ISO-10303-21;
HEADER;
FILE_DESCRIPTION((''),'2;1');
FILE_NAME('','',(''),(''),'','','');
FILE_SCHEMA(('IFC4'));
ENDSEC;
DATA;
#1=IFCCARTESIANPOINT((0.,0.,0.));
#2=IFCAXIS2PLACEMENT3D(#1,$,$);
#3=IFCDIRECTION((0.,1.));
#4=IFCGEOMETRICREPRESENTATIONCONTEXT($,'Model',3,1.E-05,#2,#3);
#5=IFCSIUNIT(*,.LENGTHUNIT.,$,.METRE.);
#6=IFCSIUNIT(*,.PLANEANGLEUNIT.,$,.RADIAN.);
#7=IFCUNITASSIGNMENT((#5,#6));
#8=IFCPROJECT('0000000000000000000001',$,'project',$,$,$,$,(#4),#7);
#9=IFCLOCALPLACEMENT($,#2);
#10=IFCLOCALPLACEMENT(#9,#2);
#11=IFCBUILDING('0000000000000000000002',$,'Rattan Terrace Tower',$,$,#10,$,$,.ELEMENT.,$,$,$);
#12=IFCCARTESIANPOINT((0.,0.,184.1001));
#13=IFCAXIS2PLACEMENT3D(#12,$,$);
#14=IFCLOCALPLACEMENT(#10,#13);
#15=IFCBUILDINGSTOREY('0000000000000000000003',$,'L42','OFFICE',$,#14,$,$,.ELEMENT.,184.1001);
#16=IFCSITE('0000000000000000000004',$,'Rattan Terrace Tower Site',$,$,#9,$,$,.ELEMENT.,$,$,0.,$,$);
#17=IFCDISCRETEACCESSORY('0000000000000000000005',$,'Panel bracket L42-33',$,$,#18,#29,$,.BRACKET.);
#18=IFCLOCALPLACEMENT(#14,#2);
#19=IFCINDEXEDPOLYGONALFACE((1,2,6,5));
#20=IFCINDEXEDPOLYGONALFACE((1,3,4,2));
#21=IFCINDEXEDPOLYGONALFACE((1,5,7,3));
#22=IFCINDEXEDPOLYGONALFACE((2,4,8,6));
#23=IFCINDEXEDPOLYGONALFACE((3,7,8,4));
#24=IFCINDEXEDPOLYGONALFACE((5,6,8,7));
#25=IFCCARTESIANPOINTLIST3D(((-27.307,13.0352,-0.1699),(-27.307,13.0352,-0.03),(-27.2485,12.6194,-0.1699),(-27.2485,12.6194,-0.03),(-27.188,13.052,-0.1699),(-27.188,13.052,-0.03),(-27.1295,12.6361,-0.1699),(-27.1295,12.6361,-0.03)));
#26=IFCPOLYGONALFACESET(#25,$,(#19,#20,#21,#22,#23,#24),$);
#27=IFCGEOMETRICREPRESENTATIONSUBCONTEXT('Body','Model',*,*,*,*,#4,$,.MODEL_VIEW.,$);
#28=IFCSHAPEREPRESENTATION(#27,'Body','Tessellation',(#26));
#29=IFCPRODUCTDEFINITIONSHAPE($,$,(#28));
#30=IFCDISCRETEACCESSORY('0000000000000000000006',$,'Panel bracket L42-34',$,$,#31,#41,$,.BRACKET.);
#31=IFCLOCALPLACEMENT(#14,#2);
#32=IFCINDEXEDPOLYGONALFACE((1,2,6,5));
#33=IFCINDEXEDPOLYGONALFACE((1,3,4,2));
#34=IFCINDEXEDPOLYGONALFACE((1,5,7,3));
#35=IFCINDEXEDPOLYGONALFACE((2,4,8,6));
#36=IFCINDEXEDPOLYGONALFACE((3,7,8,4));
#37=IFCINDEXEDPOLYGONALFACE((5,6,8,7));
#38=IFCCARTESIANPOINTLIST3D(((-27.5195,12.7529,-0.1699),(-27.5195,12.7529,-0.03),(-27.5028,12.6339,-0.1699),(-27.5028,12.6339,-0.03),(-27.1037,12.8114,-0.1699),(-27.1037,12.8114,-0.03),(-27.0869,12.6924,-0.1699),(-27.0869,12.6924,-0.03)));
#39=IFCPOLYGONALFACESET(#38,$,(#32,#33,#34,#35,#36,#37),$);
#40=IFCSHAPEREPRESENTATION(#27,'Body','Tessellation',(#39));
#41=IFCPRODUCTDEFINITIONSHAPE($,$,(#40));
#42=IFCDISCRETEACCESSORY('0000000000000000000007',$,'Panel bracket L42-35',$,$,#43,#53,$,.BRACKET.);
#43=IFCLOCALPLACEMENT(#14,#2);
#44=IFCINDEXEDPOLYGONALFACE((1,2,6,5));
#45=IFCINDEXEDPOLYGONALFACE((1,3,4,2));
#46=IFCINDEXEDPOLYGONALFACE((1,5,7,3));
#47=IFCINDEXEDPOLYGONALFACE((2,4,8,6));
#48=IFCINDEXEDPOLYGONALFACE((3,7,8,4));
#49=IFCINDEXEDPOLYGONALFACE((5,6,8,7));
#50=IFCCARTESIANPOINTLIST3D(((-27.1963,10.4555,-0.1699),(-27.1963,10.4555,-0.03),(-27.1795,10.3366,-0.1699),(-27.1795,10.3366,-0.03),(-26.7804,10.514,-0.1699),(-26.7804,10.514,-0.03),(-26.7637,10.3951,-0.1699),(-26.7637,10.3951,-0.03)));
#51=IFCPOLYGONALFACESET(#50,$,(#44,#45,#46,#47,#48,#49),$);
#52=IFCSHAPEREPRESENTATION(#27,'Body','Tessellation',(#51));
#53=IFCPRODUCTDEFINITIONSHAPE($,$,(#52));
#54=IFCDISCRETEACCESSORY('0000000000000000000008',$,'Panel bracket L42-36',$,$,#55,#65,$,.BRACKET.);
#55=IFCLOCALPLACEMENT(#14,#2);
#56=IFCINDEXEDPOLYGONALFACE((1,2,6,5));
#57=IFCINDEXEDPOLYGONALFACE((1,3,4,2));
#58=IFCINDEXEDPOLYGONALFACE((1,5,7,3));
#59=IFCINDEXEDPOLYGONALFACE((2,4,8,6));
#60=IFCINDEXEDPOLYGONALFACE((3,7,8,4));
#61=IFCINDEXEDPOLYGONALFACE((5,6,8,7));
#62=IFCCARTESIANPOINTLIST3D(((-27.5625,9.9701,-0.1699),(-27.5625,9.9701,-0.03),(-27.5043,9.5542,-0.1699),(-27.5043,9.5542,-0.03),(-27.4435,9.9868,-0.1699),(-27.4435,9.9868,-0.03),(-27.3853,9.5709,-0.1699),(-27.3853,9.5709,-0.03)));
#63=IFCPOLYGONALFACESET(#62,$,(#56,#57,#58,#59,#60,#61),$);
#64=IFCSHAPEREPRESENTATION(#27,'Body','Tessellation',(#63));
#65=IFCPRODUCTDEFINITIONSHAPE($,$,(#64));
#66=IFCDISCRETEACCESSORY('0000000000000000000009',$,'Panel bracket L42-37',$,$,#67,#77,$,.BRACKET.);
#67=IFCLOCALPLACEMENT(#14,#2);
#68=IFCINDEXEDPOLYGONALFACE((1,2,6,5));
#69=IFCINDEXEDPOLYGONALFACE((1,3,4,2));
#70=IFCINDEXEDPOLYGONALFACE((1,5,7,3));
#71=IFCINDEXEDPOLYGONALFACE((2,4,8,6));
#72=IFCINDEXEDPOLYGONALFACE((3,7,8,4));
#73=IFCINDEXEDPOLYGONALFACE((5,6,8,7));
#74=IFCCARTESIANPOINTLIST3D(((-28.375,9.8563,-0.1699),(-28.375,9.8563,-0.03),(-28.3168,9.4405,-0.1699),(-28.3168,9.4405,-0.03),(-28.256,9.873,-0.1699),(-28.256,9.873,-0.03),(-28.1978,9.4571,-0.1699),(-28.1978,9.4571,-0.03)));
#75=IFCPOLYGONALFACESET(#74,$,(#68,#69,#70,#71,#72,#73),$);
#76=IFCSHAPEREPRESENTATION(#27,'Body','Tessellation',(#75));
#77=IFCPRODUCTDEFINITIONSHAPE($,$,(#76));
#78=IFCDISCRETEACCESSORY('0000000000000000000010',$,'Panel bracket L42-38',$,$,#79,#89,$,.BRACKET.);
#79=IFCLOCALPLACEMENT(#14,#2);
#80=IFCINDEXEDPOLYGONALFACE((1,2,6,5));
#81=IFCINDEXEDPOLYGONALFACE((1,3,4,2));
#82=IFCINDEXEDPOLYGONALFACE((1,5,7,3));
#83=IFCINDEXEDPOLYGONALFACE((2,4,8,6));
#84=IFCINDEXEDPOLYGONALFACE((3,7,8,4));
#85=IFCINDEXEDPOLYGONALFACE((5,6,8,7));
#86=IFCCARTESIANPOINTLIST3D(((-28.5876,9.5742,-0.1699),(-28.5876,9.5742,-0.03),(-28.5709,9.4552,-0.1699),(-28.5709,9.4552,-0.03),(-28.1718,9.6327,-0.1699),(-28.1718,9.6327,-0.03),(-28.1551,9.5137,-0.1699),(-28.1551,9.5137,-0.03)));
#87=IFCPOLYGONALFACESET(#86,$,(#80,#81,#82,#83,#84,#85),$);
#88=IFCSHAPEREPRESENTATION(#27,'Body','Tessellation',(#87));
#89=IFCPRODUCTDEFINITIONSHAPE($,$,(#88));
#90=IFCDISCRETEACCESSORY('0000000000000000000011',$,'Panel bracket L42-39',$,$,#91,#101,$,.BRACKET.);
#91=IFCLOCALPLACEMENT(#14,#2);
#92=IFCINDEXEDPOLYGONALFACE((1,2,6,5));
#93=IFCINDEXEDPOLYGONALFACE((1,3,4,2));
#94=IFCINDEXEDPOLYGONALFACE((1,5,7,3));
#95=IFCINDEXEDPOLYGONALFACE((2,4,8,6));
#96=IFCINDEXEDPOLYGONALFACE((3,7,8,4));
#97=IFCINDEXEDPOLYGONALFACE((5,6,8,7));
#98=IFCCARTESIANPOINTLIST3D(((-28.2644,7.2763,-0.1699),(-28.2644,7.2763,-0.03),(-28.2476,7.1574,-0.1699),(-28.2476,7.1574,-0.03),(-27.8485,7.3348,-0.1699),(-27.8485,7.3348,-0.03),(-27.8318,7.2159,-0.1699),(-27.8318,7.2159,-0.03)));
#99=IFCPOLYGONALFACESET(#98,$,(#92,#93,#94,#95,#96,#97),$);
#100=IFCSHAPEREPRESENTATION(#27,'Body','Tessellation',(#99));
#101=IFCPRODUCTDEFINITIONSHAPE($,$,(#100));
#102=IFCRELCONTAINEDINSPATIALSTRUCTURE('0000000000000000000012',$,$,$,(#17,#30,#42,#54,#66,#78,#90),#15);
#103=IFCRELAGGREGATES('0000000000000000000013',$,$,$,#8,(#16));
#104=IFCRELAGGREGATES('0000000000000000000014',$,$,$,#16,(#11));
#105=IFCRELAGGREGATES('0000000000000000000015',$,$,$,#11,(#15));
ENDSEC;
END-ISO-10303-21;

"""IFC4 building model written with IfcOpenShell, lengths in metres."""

from ifc_helpers import new_model, si_unit, direction, frame, origin, origin_2d, place, context, subcontext, project, spatial, rectangle, extrude, element, save


model = new_model("IFC4")

# Units and contexts
model_context = context("Model", 3, precision=1e-05, world=origin(), true_north=direction((0.0, 1.0)))
body_context = subcontext(model_context, "Body", "Model", "MODEL_VIEW")
ifc_project = project(units=[si_unit("LENGTHUNIT", "METRE"), si_unit("PLANEANGLEUNIT", "RADIAN")], contexts=[model_context])

# Site, building, storey
site_placement = place(None, origin())
site = spatial("IfcSite", under=ifc_project, at=site_placement, Name="Rattan Terrace Tower Site", CompositionType="ELEMENT", RefElevation=0.0)
building_placement = place(site_placement, origin())
building = spatial("IfcBuilding", under=site, at=building_placement, Name="Rattan Terrace Tower", CompositionType="ELEMENT")
storey_placement = place(building_placement, frame((0.0, 0.0, 184.1001)))
storey = spatial("IfcBuildingStorey", under=building, at=storey_placement, Name="L42", Description="OFFICE", CompositionType="ELEMENT", Elevation=184.1001)

# Discrete accessories
for number, where, z_axis, x_axis, name in (
    (1, (-27.2183, 12.8357, -0.1699), (0.0, 0.0, 1.0), (-0.990247, -0.139321, 0.0), "Panel bracket L42-33"),
    (2, (-27.3032, 12.7227, -0.1699), (0.0, 0.0, 1.0), (0.139321, -0.990247, 0.0), "Panel bracket L42-34"),
    (3, (-26.98, 10.4253, -0.1699), (0.0, 0.0, 1.0), (0.139321, -0.990247, 0.0), "Panel bracket L42-35"),
    (4, (-27.4739, 9.7705, -0.1699), (0.0, 0.0, 1.0), (-0.990345, -0.138622, 0.0), "Panel bracket L42-36"),
    (5, (-28.2864, 9.6567, -0.1699), (0.0, 0.0, 1.0), (-0.990345, -0.138622, 0.0), "Panel bracket L42-37"),
    (6, (-28.3713, 9.5439, -0.1699), (0.0, 0.0, 1.0), (0.139321, -0.990247, 0.0), "Panel bracket L42-38"),
    (7, (-28.0481, 7.2461, -0.1699), (0.0, 0.0, 1.0), (0.139321, -0.990247, 0.0), "Panel bracket L42-39"),
):
    element("IfcDiscreteAccessory", number, at=place(storey_placement, frame(where, z_axis=z_axis, x_axis=x_axis)), inside=storey, Name=name, PredefinedType="BRACKET", context=body_context, shape_type="SweptSolid", body=[
        extrude(rectangle(XDim=0.1201, YDim=0.4199, at=origin_2d()), origin(), (0.0, 0.0, 1.0), 0.1399),
    ])

save(model, "model.ifc")
